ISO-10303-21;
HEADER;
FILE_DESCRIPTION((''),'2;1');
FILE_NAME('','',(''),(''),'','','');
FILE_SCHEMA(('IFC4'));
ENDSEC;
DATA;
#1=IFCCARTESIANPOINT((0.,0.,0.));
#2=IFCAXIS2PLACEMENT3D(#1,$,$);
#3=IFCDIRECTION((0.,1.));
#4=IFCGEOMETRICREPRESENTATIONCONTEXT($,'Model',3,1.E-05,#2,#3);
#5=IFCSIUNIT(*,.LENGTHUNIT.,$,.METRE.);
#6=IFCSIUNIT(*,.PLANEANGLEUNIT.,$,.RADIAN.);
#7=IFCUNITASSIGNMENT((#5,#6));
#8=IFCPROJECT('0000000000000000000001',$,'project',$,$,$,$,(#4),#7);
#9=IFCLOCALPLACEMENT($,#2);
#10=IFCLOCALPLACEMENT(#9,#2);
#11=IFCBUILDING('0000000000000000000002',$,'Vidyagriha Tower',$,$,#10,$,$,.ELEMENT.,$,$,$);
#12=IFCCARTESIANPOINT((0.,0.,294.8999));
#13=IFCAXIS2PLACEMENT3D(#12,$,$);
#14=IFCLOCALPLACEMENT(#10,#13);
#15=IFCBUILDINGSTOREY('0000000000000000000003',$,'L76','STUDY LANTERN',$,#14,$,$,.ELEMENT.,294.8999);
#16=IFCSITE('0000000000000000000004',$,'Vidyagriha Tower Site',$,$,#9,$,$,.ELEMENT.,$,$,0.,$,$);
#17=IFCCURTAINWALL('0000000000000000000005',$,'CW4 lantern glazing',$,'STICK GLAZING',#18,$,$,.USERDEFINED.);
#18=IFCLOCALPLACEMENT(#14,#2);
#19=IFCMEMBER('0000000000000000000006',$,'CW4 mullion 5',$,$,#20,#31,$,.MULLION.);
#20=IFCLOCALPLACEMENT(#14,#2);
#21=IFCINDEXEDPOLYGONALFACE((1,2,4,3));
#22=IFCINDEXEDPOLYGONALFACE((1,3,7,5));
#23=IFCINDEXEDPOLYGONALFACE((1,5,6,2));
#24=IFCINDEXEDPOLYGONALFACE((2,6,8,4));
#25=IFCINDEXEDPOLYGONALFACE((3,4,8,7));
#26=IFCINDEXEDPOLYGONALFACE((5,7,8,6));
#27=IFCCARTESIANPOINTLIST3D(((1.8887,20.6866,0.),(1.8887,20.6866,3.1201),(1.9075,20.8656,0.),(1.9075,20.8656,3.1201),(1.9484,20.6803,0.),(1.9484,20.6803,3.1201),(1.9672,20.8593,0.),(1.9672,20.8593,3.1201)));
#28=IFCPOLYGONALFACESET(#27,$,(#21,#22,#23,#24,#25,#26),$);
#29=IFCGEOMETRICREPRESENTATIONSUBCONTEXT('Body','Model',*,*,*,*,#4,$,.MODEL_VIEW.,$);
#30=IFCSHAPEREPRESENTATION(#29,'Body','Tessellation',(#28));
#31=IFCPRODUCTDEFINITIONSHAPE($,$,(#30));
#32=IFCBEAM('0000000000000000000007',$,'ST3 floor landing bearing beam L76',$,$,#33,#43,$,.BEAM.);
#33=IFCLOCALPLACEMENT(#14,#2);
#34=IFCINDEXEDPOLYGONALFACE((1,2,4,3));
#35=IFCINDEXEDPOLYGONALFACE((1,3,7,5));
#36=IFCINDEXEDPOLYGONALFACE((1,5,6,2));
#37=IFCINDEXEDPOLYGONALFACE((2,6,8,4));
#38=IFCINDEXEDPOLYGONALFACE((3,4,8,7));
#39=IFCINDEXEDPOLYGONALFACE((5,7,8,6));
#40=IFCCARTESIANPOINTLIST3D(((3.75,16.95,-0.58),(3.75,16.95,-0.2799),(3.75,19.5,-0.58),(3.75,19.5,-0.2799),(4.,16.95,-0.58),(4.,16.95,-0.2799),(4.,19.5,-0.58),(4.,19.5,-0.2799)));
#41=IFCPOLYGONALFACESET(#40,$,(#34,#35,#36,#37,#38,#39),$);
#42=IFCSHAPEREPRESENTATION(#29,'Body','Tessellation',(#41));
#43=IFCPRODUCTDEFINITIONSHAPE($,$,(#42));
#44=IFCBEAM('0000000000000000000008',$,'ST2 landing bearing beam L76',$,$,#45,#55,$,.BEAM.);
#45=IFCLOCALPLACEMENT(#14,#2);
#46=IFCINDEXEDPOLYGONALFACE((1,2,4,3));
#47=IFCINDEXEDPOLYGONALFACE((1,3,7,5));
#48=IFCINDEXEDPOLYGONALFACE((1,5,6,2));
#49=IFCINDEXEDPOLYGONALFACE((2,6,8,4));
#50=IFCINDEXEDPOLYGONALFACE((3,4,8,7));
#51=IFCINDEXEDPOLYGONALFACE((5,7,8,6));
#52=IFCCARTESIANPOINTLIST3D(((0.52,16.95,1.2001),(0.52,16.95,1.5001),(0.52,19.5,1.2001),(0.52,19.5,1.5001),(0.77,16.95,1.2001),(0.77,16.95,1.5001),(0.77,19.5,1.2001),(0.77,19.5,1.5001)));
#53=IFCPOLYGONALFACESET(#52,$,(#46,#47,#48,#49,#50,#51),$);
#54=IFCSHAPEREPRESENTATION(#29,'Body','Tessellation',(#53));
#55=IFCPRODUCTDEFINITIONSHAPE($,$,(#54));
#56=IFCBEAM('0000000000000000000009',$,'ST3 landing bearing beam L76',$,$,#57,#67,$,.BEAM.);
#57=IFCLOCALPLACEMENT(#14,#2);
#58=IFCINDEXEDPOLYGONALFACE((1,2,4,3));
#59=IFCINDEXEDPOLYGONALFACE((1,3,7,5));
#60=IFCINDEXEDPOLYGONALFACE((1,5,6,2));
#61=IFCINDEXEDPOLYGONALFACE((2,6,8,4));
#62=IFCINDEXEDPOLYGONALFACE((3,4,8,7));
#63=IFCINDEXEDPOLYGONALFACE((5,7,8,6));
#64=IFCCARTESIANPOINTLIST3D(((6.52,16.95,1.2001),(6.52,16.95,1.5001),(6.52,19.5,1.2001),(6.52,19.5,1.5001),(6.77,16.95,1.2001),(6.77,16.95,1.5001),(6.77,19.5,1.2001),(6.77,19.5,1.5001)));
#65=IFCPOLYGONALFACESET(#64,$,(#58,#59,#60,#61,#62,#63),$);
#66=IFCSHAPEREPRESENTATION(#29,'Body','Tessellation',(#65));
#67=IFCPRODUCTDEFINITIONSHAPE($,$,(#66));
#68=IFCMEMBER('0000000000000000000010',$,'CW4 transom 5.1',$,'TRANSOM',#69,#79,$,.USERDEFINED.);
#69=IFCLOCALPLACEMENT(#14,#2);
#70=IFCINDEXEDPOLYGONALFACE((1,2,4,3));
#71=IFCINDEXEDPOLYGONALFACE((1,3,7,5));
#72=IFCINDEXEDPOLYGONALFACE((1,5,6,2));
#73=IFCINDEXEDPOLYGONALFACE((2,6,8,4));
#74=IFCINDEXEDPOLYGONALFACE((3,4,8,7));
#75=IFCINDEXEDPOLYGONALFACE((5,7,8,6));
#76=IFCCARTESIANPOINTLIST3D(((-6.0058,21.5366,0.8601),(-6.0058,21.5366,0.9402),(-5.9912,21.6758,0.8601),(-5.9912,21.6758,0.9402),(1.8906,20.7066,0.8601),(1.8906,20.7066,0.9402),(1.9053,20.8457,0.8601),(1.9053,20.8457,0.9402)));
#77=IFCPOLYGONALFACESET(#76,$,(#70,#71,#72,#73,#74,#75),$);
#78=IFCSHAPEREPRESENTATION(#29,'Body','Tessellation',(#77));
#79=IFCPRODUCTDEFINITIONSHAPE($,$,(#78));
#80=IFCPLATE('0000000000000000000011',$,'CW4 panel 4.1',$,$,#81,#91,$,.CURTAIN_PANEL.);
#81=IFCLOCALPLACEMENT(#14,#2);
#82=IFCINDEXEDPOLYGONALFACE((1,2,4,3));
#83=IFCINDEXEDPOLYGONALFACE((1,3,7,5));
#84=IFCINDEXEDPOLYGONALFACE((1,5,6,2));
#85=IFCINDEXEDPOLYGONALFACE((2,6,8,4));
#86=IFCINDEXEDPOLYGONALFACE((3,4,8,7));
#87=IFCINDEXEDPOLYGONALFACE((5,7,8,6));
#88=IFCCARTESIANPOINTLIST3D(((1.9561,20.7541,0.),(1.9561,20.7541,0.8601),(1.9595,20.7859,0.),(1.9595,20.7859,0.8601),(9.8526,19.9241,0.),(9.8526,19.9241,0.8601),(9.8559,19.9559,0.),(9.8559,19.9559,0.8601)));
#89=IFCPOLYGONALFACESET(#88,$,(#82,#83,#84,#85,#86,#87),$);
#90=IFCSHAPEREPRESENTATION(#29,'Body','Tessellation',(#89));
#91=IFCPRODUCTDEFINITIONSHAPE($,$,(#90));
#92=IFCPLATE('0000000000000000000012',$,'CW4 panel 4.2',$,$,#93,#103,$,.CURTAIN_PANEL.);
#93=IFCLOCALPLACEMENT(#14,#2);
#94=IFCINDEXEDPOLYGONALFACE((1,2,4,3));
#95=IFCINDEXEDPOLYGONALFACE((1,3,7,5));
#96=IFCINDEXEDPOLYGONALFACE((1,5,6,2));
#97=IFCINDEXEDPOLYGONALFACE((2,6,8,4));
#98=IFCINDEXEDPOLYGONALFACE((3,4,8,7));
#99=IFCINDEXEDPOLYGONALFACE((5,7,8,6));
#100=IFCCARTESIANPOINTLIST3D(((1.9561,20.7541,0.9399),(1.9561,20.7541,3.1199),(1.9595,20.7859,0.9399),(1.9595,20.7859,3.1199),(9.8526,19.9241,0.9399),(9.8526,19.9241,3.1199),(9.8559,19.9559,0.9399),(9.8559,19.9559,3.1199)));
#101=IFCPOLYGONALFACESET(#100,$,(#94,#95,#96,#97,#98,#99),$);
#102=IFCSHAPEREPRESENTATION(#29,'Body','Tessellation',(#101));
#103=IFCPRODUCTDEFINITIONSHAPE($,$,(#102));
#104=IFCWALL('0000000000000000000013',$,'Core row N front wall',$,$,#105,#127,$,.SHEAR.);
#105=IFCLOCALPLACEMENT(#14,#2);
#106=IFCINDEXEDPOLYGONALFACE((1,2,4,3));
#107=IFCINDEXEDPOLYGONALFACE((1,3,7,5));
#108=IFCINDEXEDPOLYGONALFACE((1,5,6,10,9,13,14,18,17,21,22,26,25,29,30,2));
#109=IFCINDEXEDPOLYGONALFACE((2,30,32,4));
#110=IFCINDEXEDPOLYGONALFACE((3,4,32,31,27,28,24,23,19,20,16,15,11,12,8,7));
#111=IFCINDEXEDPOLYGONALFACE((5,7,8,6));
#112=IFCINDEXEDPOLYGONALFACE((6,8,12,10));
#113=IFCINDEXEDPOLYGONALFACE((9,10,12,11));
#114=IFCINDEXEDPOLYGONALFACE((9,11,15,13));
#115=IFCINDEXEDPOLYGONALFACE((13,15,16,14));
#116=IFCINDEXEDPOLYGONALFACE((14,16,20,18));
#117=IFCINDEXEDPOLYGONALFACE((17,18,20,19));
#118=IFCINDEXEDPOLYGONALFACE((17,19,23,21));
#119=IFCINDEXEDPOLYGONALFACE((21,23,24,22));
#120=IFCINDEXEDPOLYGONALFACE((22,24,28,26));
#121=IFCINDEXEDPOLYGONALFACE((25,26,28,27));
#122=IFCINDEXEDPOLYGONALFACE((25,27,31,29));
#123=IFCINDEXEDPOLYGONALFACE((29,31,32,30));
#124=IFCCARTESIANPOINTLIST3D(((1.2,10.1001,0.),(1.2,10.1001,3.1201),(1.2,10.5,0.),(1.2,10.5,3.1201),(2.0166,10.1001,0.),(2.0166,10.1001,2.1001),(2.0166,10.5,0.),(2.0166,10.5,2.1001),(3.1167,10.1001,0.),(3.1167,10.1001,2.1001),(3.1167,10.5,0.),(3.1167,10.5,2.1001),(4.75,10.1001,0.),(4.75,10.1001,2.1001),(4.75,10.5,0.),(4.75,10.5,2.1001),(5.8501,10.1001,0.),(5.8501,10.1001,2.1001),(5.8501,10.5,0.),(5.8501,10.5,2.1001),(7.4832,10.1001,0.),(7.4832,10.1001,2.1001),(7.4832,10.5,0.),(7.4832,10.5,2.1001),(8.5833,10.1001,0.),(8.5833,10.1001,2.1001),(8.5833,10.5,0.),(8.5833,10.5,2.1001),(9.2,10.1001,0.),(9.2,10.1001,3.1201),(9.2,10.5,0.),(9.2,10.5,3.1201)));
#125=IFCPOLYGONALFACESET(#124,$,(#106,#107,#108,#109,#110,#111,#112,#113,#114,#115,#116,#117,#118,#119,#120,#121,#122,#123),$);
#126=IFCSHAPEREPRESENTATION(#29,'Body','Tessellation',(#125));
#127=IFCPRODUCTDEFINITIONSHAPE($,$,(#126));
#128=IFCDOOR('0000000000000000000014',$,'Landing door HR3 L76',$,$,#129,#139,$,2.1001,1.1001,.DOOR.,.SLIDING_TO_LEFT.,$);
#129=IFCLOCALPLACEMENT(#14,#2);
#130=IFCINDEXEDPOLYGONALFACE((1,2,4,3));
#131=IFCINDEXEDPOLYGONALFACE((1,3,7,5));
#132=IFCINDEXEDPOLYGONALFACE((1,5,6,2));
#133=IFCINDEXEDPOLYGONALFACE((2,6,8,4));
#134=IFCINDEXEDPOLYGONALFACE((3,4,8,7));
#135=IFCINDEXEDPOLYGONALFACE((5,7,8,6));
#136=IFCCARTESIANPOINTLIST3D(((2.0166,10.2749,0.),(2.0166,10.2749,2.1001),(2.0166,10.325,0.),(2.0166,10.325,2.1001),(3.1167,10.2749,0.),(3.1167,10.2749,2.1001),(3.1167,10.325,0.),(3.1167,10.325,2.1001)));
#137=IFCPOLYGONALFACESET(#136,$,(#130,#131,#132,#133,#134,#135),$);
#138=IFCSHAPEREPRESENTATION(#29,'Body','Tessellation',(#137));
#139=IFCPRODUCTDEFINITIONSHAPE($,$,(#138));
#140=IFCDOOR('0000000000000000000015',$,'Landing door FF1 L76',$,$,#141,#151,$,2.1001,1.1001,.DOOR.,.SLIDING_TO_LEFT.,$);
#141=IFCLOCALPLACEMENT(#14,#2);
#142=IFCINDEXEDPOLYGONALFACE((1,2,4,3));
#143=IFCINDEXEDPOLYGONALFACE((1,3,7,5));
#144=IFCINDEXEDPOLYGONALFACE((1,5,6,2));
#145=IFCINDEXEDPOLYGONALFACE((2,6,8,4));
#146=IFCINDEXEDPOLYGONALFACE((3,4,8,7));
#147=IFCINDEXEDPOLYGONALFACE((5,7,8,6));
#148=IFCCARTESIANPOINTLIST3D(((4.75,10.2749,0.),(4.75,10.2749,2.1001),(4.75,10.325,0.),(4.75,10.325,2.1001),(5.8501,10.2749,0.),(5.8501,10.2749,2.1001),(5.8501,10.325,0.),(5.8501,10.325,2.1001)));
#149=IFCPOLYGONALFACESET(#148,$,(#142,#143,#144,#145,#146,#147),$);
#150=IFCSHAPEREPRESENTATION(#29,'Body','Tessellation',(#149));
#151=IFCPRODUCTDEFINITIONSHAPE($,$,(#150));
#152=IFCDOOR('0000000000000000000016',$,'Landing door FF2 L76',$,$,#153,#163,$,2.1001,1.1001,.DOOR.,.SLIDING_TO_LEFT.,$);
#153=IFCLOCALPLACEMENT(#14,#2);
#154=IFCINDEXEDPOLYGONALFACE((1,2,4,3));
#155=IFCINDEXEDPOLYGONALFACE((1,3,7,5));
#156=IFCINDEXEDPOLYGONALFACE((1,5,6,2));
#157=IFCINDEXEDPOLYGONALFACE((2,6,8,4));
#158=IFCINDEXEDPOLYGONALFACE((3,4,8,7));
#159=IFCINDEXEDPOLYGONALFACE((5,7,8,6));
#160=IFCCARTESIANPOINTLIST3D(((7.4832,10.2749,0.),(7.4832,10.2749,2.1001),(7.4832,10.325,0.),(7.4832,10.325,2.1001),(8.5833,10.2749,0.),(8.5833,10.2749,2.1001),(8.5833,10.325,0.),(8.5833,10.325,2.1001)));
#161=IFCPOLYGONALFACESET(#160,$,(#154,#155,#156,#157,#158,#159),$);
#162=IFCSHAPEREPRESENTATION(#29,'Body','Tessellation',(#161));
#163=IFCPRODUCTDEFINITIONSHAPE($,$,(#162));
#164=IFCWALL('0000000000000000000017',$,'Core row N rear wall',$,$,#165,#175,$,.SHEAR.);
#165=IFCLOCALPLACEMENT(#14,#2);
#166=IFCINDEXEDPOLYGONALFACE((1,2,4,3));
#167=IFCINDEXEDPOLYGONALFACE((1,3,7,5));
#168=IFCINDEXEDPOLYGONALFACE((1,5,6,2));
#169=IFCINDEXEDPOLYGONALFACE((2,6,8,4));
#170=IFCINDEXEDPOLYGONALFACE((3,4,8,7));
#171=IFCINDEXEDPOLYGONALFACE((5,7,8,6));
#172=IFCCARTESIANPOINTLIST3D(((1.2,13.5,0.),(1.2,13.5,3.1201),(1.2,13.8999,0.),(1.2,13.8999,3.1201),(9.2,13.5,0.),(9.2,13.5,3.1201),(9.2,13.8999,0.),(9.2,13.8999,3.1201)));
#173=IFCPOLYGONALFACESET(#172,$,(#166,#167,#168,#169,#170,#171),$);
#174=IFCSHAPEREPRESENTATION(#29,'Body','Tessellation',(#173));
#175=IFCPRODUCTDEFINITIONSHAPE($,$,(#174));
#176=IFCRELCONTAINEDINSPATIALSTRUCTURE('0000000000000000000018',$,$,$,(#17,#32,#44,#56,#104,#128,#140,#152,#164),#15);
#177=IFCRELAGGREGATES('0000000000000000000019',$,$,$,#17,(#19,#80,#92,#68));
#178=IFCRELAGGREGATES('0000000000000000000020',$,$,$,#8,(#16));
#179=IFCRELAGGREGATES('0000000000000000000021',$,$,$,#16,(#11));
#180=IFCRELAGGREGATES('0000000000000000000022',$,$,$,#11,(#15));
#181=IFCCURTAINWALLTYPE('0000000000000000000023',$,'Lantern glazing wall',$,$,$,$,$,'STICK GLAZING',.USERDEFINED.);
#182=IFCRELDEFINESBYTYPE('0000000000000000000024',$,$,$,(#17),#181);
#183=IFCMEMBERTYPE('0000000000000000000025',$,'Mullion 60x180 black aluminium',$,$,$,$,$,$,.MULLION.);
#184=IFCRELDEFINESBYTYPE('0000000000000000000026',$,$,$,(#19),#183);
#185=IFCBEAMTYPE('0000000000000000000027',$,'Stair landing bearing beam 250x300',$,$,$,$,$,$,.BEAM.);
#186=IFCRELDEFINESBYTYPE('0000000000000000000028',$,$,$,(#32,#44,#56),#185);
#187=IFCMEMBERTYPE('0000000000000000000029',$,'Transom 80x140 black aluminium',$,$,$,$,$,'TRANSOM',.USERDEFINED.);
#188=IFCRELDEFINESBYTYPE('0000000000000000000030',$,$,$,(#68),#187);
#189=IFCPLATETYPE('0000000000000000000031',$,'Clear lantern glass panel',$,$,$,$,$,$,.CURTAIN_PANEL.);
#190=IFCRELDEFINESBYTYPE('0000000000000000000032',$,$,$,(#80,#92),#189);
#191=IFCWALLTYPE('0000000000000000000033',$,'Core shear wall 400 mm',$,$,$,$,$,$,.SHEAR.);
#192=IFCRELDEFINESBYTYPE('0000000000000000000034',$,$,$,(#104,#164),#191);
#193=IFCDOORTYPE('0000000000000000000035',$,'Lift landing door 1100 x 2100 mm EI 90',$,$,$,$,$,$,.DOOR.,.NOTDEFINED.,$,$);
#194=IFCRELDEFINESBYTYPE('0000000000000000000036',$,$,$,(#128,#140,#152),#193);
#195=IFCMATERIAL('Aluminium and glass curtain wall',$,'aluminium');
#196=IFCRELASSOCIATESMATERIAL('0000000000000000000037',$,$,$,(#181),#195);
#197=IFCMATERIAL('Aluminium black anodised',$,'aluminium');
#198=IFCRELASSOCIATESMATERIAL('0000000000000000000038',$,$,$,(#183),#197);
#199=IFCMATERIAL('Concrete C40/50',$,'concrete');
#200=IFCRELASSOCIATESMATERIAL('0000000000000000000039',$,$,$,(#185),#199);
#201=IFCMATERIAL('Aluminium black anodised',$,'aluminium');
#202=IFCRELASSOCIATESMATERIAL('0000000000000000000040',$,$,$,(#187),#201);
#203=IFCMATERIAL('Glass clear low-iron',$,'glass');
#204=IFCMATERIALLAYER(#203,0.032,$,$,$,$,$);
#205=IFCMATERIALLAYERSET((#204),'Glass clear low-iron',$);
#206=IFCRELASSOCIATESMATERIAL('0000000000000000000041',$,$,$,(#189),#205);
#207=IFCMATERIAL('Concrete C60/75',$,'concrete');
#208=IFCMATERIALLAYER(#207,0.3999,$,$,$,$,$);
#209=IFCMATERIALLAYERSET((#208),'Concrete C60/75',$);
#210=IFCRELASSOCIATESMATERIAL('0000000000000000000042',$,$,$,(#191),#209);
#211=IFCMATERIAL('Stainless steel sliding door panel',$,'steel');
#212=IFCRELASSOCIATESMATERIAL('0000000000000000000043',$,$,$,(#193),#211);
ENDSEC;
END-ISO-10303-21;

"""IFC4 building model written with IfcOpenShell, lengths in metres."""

from ifc_helpers import new_model, si_unit, direction, frame, frame_2d, origin, origin_2d, place, context, subcontext, project, spatial, rectangle, extrude, material, layer, layer_set, material_profile, profile_set, type_object, element, fill, aggregate, save


model = new_model("IFC4")

# Units and contexts
model_context = context("Model", 3, precision=1e-05, world=origin(), true_north=direction((0.0, 1.0)))
body_context = subcontext(model_context, "Body", "Model", "MODEL_VIEW")
ifc_project = project(units=[si_unit("LENGTHUNIT", "METRE"), si_unit("PLANEANGLEUNIT", "RADIAN")], contexts=[model_context])

# Site, building, storey
site_placement = place(None, origin())
site = spatial("IfcSite", under=ifc_project, at=site_placement, Name="Vidyagriha Tower Site", CompositionType="ELEMENT", RefElevation=0.0)
building_placement = place(site_placement, origin())
building = spatial("IfcBuilding", under=site, at=building_placement, Name="Vidyagriha Tower", CompositionType="ELEMENT")
storey_placement = place(building_placement, frame((0.0, 0.0, 294.8999)))
storey = spatial("IfcBuildingStorey", under=building, at=storey_placement, Name="L76", Description="STUDY LANTERN", CompositionType="ELEMENT", Elevation=294.8999)

# Curtain wall, member
ifc_material_1 = material(Name="Aluminium and glass curtain wall", Category="aluminium")
curtain_wall_type = type_object("IfcCurtainWallType", Name="Lantern glazing wall", ElementType="STICK GLAZING", PredefinedType="USERDEFINED", material=ifc_material_1)
curtain_wall_placement = place(storey_placement, origin())
curtain_wall = element("IfcCurtainWall", 1, at=curtain_wall_placement, inside=storey, type_object=curtain_wall_type, Name="CW4 lantern glazing", ObjectType="STICK GLAZING", PredefinedType="USERDEFINED")
ifc_material_2 = material(Name="Aluminium black anodised", Category="aluminium")
ifc_material_profile_1 = material_profile(ifc_material_2, rectangle(XDim=0.1799, YDim=0.0601, at=origin_2d()), Name="Mullion 60x180 black aluminium")
ifc_profile_set_1 = profile_set([ifc_material_profile_1], Name="Aluminium black anodised")
member_type_1 = type_object("IfcMemberType", Name="Mullion 60x180 black aluminium", PredefinedType="MULLION", material=ifc_profile_set_1)
member_1_placement = place(storey_placement, frame((1.928, 20.7729, 0.0), z_axis=(0.0, 0.0, 1.0), x_axis=(-0.104528, -0.994522, 0.0)))
member_1 = element("IfcMember", 2, at=member_1_placement, type_object=member_type_1, Name="CW4 mullion 5", PredefinedType="MULLION", context=body_context, shape_type="SweptSolid", body=[
    extrude(rectangle(XDim=0.1799, YDim=0.0601, at=origin_2d()), origin(), (0.0, 0.0, 1.0), 3.1201),
])

# Beams
ifc_material_3 = material(Name="Concrete C40/50", Category="concrete")
ifc_material_profile_2 = material_profile(ifc_material_3, rectangle(XDim=0.25, YDim=0.3, at=origin_2d()), Name="Stair landing bearing beam 250x300")
ifc_profile_set_2 = profile_set([ifc_material_profile_2], Name="Concrete C40/50")
beam_type = type_object("IfcBeamType", Name="Stair landing bearing beam 250x300", PredefinedType="BEAM", material=ifc_profile_set_2)
for number, where, z_axis, x_axis, name in (
    (3, (3.875, 16.95, -0.4299), (0.0, 1.0, 0.0), (-1.0, 0.0, 0.0), "ST3 floor landing bearing beam L76"),
    (4, (0.645, 16.95, 1.3501), (0.0, 1.0, 0.0), (-1.0, 0.0, 0.0), "ST2 landing bearing beam L76"),
    (5, (6.645, 16.95, 1.3501), (0.0, 1.0, 0.0), (-1.0, 0.0, 0.0), "ST3 landing bearing beam L76"),
):
    element("IfcBeam", number, at=place(storey_placement, frame(where, z_axis=z_axis, x_axis=x_axis)), inside=storey, type_object=beam_type, Name=name, PredefinedType="BEAM", context=body_context, shape_type="SweptSolid", body=[
        extrude(rectangle(XDim=0.25, YDim=0.3, at=origin_2d()), origin(), (0.0, 0.0, 1.0), 2.55),
    ])

# Member
ifc_material_4 = material(Name="Aluminium black anodised", Category="aluminium")
ifc_material_profile_3 = material_profile(ifc_material_4, rectangle(XDim=0.1399, YDim=0.0801, at=origin_2d()), Name="Transom 80x140 black aluminium")
ifc_profile_set_3 = profile_set([ifc_material_profile_3], Name="Aluminium black anodised")
member_type_2 = type_object("IfcMemberType", Name="Transom 80x140 black aluminium", ElementType="TRANSOM", PredefinedType="USERDEFINED", material=ifc_profile_set_3)
member_2_placement = place(storey_placement, frame((1.8979, 20.7761, 0.9001), z_axis=(-0.99452, 0.104544, 0.0), x_axis=(-0.104544, -0.99452, 0.0)))
member_2 = element("IfcMember", 6, at=member_2_placement, type_object=member_type_2, Name="CW4 transom 5.1", ObjectType="TRANSOM", PredefinedType="USERDEFINED", context=body_context, shape_type="SweptSolid", body=[
    extrude(rectangle(XDim=0.1399, YDim=0.0801, at=origin_2d()), origin(), (0.0, 0.0, 1.0), 7.9399),
])

# Plates
ifc_material_5 = material(Name="Glass clear low-iron", Category="glass")
ifc_layer_1 = layer(ifc_material_5, 0.032)
ifc_layer_set_1 = layer_set([ifc_layer_1], Name="Glass clear low-iron")
plate_type = type_object("IfcPlateType", Name="Clear lantern glass panel", PredefinedType="CURTAIN_PANEL", material=ifc_layer_set_1)
plate_1_placement = place(storey_placement, frame((5.906, 20.355, 0.0), z_axis=(0.0, 0.0, 1.0), x_axis=(-0.994522, 0.104528, 0.0)))
plate_1 = element("IfcPlate", 7, at=plate_1_placement, type_object=plate_type, Name="CW4 panel 4.1", PredefinedType="CURTAIN_PANEL", context=body_context, shape_type="SweptSolid", body=[
    extrude(rectangle(XDim=7.9399, YDim=0.032, at=origin_2d()), origin(), (0.0, 0.0, 1.0), 0.8601),
])
plate_2_placement = place(storey_placement, frame((5.906, 20.355, 0.9399), z_axis=(0.0, 0.0, 1.0), x_axis=(-0.994522, 0.104528, 0.0)))
plate_2 = element("IfcPlate", 8, at=plate_2_placement, type_object=plate_type, Name="CW4 panel 4.2", PredefinedType="CURTAIN_PANEL", context=body_context, shape_type="SweptSolid", body=[
    extrude(rectangle(XDim=7.9399, YDim=0.032, at=origin_2d()), origin(), (0.0, 0.0, 1.0), 2.1799),
])
aggregate(curtain_wall, [member_1, plate_1, plate_2, member_2])

# Wall, openings, doors
ifc_material_6 = material(Name="Concrete C60/75", Category="concrete")
ifc_layer_2 = layer(ifc_material_6, 0.3999)
ifc_layer_set_2 = layer_set([ifc_layer_2], Name="Concrete C60/75")
wall_type_1 = type_object("IfcWallType", Name="Core shear wall 400 mm", PredefinedType="SHEAR", material=ifc_layer_set_2)
wall_1_placement = place(storey_placement, frame((1.2, 10.3, 0.0)))
wall_1 = element("IfcWall", 9, at=wall_1_placement, inside=storey, type_object=wall_type_1, Name="Core row N front wall", PredefinedType="SHEAR", context=body_context, shape_type="SweptSolid", body=[
    extrude(rectangle(XDim=8.0, YDim=0.3999, at=frame_2d((4.0, 0.0))), origin(), (0.0, 0.0, 1.0), 3.1201),
])
opening_1_placement = place(wall_1_placement, frame((0.8167, 0.0, 0.0)))
opening_1 = element("IfcOpeningElement", 10, at=opening_1_placement, cuts=wall_1, PredefinedType="OPENING", context=body_context, shape_type="SweptSolid", body=[
    extrude(rectangle(XDim=1.1001, YDim=2.1001, at=frame_2d((0.55, 1.05))), frame((0.0, 0.21, 0.0), z_axis=(0.0, -1.0, 0.0), x_axis=(1.0, 0.0, 0.0)), (0.0, 0.0, 1.0), 0.4199),
])
opening_2_placement = place(wall_1_placement, frame((3.55, 0.0, 0.0)))
opening_2 = element("IfcOpeningElement", 11, at=opening_2_placement, cuts=wall_1, PredefinedType="OPENING", context=body_context, shape_type="SweptSolid", body=[
    extrude(rectangle(XDim=1.1001, YDim=2.1001, at=frame_2d((0.55, 1.05))), frame((0.0, 0.21, 0.0), z_axis=(0.0, -1.0, 0.0), x_axis=(1.0, 0.0, 0.0)), (0.0, 0.0, 1.0), 0.4199),
])
opening_3_placement = place(wall_1_placement, frame((6.2832, 0.0, 0.0)))
opening_3 = element("IfcOpeningElement", 12, at=opening_3_placement, cuts=wall_1, PredefinedType="OPENING", context=body_context, shape_type="SweptSolid", body=[
    extrude(rectangle(XDim=1.1001, YDim=2.1001, at=frame_2d((0.55, 1.05))), frame((0.0, 0.21, 0.0), z_axis=(0.0, -1.0, 0.0), x_axis=(1.0, 0.0, 0.0)), (0.0, 0.0, 1.0), 0.4199),
])
ifc_material_7 = material(Name="Stainless steel sliding door panel", Category="steel")
door_type_1 = type_object("IfcDoorType", Name="Lift landing door 1100 x 2100 mm EI 90", OperationType="NOTDEFINED", PredefinedType="DOOR", material=ifc_material_7)
door_1_placement = place(opening_1_placement, origin())
door_1 = element("IfcDoor", 13, at=door_1_placement, inside=storey, type_object=door_type_1, Name="Landing door HR3 L76", OperationType="SLIDING_TO_LEFT", OverallHeight=2.1001, OverallWidth=1.1001, PredefinedType="DOOR", context=body_context, shape_type="SweptSolid", body=[
    extrude(rectangle(XDim=1.1001, YDim=2.1001, at=frame_2d((0.55, 1.05))), frame((0.0, 0.0249, 0.0), z_axis=(0.0, -1.0, 0.0), x_axis=(1.0, 0.0, 0.0)), (0.0, 0.0, 1.0), 0.05),
])
fill(opening_1, door_1)
door_2_placement = place(opening_2_placement, origin())
door_2 = element("IfcDoor", 14, at=door_2_placement, inside=storey, type_object=door_type_1, Name="Landing door FF1 L76", OperationType="SLIDING_TO_LEFT", OverallHeight=2.1001, OverallWidth=1.1001, PredefinedType="DOOR", context=body_context, shape_type="SweptSolid", body=[
    extrude(rectangle(XDim=1.1001, YDim=2.1001, at=frame_2d((0.55, 1.05))), frame((0.0, 0.0249, 0.0), z_axis=(0.0, -1.0, 0.0), x_axis=(1.0, 0.0, 0.0)), (0.0, 0.0, 1.0), 0.05),
])
fill(opening_2, door_2)
door_3_placement = place(opening_3_placement, origin())
door_3 = element("IfcDoor", 15, at=door_3_placement, inside=storey, type_object=door_type_1, Name="Landing door FF2 L76", OperationType="SLIDING_TO_LEFT", OverallHeight=2.1001, OverallWidth=1.1001, PredefinedType="DOOR", context=body_context, shape_type="SweptSolid", body=[
    extrude(rectangle(XDim=1.1001, YDim=2.1001, at=frame_2d((0.55, 1.05))), frame((0.0, 0.0249, 0.0), z_axis=(0.0, -1.0, 0.0), x_axis=(1.0, 0.0, 0.0)), (0.0, 0.0, 1.0), 0.05),
])
fill(opening_3, door_3)

# Wall
wall_2_placement = place(storey_placement, frame((1.2, 13.7, 0.0)))
element("IfcWall", 16, at=wall_2_placement, inside=storey, type_object=wall_type_1, Name="Core row N rear wall", PredefinedType="SHEAR", context=body_context, shape_type="SweptSolid", body=[
    extrude(rectangle(XDim=8.0, YDim=0.3999, at=frame_2d((4.0, 0.0))), origin(), (0.0, 0.0, 1.0), 3.1201),
])

save(model, "model.ifc")
